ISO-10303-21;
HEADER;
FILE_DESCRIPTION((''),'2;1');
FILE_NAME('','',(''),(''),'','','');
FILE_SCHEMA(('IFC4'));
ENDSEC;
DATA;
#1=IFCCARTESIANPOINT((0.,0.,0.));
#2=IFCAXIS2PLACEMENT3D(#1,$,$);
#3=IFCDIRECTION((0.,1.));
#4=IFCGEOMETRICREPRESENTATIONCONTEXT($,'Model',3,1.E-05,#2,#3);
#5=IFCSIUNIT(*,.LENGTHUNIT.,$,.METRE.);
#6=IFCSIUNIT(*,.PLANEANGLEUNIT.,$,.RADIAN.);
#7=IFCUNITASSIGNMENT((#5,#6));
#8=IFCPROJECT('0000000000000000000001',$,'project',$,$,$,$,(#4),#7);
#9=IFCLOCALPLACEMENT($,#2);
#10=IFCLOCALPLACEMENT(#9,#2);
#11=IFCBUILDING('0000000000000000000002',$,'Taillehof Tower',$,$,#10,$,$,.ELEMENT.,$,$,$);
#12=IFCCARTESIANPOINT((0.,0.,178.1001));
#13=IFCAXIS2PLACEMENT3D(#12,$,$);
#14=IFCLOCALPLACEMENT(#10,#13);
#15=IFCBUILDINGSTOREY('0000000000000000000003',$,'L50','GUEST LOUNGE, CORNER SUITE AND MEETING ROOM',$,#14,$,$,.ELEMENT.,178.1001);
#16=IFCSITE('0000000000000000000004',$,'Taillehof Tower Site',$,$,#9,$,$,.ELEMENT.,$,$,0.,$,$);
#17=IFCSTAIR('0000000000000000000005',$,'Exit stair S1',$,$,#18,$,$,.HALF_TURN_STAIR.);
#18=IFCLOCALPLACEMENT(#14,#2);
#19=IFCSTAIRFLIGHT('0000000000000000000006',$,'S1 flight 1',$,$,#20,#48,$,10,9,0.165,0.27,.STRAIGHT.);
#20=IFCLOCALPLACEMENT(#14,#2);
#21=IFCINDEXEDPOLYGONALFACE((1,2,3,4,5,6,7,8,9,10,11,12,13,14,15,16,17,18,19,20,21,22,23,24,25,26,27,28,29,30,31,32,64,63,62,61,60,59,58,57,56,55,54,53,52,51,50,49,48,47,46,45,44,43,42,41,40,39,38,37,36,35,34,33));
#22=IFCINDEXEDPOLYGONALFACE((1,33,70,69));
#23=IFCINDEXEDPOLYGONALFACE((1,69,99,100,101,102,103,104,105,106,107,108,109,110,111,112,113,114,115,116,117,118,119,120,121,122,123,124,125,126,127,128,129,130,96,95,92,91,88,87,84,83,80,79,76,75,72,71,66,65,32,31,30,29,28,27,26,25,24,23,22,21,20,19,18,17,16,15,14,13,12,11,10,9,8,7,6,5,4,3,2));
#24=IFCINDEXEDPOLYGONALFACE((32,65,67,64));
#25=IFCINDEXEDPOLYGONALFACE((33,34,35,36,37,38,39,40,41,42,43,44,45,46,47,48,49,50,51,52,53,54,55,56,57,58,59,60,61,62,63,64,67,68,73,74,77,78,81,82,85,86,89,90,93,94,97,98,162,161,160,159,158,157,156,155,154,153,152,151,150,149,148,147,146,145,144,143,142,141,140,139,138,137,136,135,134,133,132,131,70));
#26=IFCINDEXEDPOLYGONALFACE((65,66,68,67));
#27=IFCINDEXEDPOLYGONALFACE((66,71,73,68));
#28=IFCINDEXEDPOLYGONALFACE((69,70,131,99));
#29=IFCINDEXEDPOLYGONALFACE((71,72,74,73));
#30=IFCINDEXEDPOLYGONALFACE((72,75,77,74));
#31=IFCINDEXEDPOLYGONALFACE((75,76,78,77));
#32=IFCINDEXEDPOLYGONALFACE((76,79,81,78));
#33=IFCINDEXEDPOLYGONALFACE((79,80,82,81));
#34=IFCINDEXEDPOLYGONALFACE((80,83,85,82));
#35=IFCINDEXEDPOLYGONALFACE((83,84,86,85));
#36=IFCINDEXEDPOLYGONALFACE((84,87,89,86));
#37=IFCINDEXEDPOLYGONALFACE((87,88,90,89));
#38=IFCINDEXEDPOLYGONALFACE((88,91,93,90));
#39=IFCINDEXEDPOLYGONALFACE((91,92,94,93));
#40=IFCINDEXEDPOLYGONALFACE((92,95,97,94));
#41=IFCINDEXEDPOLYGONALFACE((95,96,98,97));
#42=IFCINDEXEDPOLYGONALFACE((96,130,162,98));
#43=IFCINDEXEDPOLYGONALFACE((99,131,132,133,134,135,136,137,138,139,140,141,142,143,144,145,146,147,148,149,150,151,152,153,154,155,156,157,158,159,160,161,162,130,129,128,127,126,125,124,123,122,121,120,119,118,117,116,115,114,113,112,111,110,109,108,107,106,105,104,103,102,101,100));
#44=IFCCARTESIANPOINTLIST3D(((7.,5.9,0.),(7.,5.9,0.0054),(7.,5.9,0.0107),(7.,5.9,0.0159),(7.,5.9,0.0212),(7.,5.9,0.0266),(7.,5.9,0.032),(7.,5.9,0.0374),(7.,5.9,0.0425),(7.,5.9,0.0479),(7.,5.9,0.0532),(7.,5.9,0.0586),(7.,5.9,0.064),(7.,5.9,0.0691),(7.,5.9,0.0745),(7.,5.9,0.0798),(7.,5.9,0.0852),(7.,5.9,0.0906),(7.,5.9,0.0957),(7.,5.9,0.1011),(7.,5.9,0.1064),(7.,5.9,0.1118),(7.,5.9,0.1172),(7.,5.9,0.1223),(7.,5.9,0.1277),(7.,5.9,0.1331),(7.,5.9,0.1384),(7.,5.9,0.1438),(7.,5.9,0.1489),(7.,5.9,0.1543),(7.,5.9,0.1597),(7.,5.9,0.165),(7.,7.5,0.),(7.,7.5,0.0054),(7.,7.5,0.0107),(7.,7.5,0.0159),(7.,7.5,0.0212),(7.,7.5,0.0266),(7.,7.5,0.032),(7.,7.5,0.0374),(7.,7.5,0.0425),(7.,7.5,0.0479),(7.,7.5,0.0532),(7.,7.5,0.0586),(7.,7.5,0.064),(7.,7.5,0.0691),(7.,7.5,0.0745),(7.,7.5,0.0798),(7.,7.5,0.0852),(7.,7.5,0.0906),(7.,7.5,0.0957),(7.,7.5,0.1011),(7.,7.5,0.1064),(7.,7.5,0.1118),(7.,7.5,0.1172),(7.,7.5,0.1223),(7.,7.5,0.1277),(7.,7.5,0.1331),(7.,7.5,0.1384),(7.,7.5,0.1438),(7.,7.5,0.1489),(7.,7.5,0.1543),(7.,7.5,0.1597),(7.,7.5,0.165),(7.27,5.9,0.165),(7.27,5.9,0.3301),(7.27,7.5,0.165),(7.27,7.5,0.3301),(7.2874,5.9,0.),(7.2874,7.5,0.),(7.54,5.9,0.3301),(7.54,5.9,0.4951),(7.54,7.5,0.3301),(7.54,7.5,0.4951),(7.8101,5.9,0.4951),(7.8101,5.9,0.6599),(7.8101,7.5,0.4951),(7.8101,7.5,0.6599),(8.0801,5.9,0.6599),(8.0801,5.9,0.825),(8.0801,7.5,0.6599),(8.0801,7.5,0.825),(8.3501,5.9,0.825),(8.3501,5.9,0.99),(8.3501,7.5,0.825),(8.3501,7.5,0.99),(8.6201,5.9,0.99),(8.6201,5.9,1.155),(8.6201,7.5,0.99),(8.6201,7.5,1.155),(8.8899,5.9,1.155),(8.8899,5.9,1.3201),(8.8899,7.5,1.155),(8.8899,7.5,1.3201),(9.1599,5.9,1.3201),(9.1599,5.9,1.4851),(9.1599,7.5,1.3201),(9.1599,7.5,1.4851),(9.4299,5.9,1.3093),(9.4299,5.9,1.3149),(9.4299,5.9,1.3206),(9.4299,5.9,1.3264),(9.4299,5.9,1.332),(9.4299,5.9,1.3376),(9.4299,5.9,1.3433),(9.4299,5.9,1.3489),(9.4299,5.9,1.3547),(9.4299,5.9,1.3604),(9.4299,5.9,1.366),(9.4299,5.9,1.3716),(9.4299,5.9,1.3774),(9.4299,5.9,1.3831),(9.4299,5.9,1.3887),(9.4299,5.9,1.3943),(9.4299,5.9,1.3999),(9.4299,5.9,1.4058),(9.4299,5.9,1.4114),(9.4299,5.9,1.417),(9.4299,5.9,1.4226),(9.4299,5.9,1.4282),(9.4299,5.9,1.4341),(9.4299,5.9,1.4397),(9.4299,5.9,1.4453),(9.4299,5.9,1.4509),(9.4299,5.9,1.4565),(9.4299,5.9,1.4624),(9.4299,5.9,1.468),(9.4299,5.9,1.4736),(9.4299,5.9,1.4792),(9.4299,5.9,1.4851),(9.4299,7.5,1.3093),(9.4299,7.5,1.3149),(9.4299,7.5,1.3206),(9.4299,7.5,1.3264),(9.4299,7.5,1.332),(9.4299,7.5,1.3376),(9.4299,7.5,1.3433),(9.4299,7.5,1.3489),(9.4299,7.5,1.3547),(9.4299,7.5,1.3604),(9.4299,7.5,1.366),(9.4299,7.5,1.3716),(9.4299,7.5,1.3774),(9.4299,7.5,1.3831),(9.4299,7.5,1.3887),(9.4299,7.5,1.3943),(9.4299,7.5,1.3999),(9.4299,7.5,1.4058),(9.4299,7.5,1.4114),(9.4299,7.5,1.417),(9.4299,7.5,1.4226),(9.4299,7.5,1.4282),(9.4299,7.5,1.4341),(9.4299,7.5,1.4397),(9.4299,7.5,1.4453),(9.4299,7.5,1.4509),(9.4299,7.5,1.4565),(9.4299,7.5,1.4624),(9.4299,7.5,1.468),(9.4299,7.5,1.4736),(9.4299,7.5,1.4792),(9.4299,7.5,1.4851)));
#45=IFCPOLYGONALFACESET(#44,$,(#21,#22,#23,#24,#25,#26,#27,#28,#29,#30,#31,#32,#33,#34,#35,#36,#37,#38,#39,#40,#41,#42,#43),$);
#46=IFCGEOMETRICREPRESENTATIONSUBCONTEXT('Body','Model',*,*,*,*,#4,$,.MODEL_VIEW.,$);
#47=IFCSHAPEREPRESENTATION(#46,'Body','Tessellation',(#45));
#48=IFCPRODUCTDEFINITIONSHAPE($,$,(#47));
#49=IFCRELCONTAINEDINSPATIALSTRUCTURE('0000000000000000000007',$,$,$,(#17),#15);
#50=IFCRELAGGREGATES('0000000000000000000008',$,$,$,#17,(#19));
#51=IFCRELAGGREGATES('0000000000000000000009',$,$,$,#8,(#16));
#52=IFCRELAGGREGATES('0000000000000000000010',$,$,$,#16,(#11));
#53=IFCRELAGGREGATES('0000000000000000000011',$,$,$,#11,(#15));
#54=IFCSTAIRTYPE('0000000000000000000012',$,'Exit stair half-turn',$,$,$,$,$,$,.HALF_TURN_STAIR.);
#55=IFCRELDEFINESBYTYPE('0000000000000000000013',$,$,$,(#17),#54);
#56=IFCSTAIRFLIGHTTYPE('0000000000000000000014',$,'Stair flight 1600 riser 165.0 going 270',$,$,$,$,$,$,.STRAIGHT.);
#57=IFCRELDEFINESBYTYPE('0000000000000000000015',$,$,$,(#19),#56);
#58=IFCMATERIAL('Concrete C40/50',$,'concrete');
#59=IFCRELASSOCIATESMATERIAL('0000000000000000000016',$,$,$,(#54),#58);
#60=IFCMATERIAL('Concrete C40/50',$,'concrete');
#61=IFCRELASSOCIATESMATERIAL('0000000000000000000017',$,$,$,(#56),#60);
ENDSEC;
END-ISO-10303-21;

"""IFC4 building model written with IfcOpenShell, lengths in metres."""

from ifc_helpers import new_model, si_unit, direction, frame, origin, place, context, subcontext, project, spatial, polyline, outline, extrude, material, type_object, element, aggregate, save


model = new_model("IFC4")

# Units and contexts
model_context = context("Model", 3, precision=1e-05, world=origin(), true_north=direction((0.0, 1.0)))
body_context = subcontext(model_context, "Body", "Model", "MODEL_VIEW")
ifc_project = project(units=[si_unit("LENGTHUNIT", "METRE"), si_unit("PLANEANGLEUNIT", "RADIAN")], contexts=[model_context])

# Site, building, storey
site_placement = place(None, origin())
site = spatial("IfcSite", under=ifc_project, at=site_placement, Name="Taillehof Tower Site", CompositionType="ELEMENT", RefElevation=0.0)
building_placement = place(site_placement, origin())
building = spatial("IfcBuilding", under=site, at=building_placement, Name="Taillehof Tower", CompositionType="ELEMENT")
storey_placement = place(building_placement, frame((0.0, 0.0, 178.1001)))
storey = spatial("IfcBuildingStorey", under=building, at=storey_placement, Name="L50", Description="GUEST LOUNGE, CORNER SUITE AND MEETING ROOM", CompositionType="ELEMENT", Elevation=178.1001)

# Shared definitions
ifc_material_1 = material(Name="Concrete C40/50", Category="concrete")
stair_type = type_object("IfcStairType", Name="Exit stair half-turn", PredefinedType="HALF_TURN_STAIR", material=ifc_material_1)

# Stair, stair flight
stair_1_placement = place(storey_placement, origin())
stair_1 = element("IfcStair", 1, at=stair_1_placement, inside=storey, type_object=stair_type, Name="Exit stair S1", PredefinedType="HALF_TURN_STAIR")
ifc_material_2 = material(Name="Concrete C40/50", Category="concrete")
stair_flight_type = type_object("IfcStairFlightType", Name="Stair flight 1600 riser 165.0 going 270", PredefinedType="STRAIGHT", material=ifc_material_2)
stair_flight_placement = place(storey_placement, frame((7.0, 6.7, 0.0), z_axis=(0.0, 0.0, 1.0), x_axis=(1.0, 0.0, 0.0)))
stair_flight = element("IfcStairFlight", 2, at=stair_flight_placement, type_object=stair_flight_type, Name="S1 flight 1", NumberOfRisers=10, NumberOfTreads=9, PredefinedType="STRAIGHT", RiserHeight=0.165, TreadLength=0.27, context=body_context, shape_type="SweptSolid", body=[
    extrude(outline(polyline([(0.0, 0.0), (0.0, 0.0054), (0.0, 0.0107), (0.0, 0.0159), (0.0, 0.0212), (0.0, 0.0266), (0.0, 0.032), (0.0, 0.0374), (0.0, 0.0425), (0.0, 0.0479), (0.0, 0.0532), (0.0, 0.0586), (0.0, 0.064), (0.0, 0.0691), (0.0, 0.0745), (0.0, 0.0798), (0.0, 0.0852), (0.0, 0.0906), (0.0, 0.0957), (0.0, 0.1011), (0.0, 0.1064), (0.0, 0.1118), (0.0, 0.1172), (0.0, 0.1223), (0.0, 0.1277), (0.0, 0.1331), (0.0, 0.1384), (0.0, 0.1438), (0.0, 0.1489), (0.0, 0.1543), (0.0, 0.1597), (0.0, 0.165), (0.27, 0.165), (0.27, 0.3301), (0.54, 0.3301), (0.54, 0.4951), (0.8101, 0.4951), (0.8101, 0.6599), (1.0801, 0.6599), (1.0801, 0.825), (1.3501, 0.825), (1.3501, 0.99), (1.6201, 0.99), (1.6201, 1.155), (1.8899, 1.155), (1.8899, 1.3201), (2.1599, 1.3201), (2.1599, 1.4851), (2.4299, 1.4851), (2.4299, 1.4792), (2.4299, 1.4736), (2.4299, 1.468), (2.4299, 1.4624), (2.4299, 1.4565), (2.4299, 1.4509), (2.4299, 1.4453), (2.4299, 1.4397), (2.4299, 1.4341), (2.4299, 1.4282), (2.4299, 1.4226), (2.4299, 1.417), (2.4299, 1.4114), (2.4299, 1.4058), (2.4299, 1.3999), (2.4299, 1.3943), (2.4299, 1.3887), (2.4299, 1.3831), (2.4299, 1.3774), (2.4299, 1.3716), (2.4299, 1.366), (2.4299, 1.3604), (2.4299, 1.3547), (2.4299, 1.3489), (2.4299, 1.3433), (2.4299, 1.3376), (2.4299, 1.332), (2.4299, 1.3264), (2.4299, 1.3206), (2.4299, 1.3149), (2.4299, 1.3093), (0.2874, 0.0), (0.0, 0.0)])), frame((0.0, 0.8, 0.0), z_axis=(0.0, -1.0, 0.0), x_axis=(1.0, 0.0, 0.0)), (0.0, 0.0, 1.0), 1.6),
])
aggregate(stair_1, [stair_flight])

save(model, "model.ifc")
